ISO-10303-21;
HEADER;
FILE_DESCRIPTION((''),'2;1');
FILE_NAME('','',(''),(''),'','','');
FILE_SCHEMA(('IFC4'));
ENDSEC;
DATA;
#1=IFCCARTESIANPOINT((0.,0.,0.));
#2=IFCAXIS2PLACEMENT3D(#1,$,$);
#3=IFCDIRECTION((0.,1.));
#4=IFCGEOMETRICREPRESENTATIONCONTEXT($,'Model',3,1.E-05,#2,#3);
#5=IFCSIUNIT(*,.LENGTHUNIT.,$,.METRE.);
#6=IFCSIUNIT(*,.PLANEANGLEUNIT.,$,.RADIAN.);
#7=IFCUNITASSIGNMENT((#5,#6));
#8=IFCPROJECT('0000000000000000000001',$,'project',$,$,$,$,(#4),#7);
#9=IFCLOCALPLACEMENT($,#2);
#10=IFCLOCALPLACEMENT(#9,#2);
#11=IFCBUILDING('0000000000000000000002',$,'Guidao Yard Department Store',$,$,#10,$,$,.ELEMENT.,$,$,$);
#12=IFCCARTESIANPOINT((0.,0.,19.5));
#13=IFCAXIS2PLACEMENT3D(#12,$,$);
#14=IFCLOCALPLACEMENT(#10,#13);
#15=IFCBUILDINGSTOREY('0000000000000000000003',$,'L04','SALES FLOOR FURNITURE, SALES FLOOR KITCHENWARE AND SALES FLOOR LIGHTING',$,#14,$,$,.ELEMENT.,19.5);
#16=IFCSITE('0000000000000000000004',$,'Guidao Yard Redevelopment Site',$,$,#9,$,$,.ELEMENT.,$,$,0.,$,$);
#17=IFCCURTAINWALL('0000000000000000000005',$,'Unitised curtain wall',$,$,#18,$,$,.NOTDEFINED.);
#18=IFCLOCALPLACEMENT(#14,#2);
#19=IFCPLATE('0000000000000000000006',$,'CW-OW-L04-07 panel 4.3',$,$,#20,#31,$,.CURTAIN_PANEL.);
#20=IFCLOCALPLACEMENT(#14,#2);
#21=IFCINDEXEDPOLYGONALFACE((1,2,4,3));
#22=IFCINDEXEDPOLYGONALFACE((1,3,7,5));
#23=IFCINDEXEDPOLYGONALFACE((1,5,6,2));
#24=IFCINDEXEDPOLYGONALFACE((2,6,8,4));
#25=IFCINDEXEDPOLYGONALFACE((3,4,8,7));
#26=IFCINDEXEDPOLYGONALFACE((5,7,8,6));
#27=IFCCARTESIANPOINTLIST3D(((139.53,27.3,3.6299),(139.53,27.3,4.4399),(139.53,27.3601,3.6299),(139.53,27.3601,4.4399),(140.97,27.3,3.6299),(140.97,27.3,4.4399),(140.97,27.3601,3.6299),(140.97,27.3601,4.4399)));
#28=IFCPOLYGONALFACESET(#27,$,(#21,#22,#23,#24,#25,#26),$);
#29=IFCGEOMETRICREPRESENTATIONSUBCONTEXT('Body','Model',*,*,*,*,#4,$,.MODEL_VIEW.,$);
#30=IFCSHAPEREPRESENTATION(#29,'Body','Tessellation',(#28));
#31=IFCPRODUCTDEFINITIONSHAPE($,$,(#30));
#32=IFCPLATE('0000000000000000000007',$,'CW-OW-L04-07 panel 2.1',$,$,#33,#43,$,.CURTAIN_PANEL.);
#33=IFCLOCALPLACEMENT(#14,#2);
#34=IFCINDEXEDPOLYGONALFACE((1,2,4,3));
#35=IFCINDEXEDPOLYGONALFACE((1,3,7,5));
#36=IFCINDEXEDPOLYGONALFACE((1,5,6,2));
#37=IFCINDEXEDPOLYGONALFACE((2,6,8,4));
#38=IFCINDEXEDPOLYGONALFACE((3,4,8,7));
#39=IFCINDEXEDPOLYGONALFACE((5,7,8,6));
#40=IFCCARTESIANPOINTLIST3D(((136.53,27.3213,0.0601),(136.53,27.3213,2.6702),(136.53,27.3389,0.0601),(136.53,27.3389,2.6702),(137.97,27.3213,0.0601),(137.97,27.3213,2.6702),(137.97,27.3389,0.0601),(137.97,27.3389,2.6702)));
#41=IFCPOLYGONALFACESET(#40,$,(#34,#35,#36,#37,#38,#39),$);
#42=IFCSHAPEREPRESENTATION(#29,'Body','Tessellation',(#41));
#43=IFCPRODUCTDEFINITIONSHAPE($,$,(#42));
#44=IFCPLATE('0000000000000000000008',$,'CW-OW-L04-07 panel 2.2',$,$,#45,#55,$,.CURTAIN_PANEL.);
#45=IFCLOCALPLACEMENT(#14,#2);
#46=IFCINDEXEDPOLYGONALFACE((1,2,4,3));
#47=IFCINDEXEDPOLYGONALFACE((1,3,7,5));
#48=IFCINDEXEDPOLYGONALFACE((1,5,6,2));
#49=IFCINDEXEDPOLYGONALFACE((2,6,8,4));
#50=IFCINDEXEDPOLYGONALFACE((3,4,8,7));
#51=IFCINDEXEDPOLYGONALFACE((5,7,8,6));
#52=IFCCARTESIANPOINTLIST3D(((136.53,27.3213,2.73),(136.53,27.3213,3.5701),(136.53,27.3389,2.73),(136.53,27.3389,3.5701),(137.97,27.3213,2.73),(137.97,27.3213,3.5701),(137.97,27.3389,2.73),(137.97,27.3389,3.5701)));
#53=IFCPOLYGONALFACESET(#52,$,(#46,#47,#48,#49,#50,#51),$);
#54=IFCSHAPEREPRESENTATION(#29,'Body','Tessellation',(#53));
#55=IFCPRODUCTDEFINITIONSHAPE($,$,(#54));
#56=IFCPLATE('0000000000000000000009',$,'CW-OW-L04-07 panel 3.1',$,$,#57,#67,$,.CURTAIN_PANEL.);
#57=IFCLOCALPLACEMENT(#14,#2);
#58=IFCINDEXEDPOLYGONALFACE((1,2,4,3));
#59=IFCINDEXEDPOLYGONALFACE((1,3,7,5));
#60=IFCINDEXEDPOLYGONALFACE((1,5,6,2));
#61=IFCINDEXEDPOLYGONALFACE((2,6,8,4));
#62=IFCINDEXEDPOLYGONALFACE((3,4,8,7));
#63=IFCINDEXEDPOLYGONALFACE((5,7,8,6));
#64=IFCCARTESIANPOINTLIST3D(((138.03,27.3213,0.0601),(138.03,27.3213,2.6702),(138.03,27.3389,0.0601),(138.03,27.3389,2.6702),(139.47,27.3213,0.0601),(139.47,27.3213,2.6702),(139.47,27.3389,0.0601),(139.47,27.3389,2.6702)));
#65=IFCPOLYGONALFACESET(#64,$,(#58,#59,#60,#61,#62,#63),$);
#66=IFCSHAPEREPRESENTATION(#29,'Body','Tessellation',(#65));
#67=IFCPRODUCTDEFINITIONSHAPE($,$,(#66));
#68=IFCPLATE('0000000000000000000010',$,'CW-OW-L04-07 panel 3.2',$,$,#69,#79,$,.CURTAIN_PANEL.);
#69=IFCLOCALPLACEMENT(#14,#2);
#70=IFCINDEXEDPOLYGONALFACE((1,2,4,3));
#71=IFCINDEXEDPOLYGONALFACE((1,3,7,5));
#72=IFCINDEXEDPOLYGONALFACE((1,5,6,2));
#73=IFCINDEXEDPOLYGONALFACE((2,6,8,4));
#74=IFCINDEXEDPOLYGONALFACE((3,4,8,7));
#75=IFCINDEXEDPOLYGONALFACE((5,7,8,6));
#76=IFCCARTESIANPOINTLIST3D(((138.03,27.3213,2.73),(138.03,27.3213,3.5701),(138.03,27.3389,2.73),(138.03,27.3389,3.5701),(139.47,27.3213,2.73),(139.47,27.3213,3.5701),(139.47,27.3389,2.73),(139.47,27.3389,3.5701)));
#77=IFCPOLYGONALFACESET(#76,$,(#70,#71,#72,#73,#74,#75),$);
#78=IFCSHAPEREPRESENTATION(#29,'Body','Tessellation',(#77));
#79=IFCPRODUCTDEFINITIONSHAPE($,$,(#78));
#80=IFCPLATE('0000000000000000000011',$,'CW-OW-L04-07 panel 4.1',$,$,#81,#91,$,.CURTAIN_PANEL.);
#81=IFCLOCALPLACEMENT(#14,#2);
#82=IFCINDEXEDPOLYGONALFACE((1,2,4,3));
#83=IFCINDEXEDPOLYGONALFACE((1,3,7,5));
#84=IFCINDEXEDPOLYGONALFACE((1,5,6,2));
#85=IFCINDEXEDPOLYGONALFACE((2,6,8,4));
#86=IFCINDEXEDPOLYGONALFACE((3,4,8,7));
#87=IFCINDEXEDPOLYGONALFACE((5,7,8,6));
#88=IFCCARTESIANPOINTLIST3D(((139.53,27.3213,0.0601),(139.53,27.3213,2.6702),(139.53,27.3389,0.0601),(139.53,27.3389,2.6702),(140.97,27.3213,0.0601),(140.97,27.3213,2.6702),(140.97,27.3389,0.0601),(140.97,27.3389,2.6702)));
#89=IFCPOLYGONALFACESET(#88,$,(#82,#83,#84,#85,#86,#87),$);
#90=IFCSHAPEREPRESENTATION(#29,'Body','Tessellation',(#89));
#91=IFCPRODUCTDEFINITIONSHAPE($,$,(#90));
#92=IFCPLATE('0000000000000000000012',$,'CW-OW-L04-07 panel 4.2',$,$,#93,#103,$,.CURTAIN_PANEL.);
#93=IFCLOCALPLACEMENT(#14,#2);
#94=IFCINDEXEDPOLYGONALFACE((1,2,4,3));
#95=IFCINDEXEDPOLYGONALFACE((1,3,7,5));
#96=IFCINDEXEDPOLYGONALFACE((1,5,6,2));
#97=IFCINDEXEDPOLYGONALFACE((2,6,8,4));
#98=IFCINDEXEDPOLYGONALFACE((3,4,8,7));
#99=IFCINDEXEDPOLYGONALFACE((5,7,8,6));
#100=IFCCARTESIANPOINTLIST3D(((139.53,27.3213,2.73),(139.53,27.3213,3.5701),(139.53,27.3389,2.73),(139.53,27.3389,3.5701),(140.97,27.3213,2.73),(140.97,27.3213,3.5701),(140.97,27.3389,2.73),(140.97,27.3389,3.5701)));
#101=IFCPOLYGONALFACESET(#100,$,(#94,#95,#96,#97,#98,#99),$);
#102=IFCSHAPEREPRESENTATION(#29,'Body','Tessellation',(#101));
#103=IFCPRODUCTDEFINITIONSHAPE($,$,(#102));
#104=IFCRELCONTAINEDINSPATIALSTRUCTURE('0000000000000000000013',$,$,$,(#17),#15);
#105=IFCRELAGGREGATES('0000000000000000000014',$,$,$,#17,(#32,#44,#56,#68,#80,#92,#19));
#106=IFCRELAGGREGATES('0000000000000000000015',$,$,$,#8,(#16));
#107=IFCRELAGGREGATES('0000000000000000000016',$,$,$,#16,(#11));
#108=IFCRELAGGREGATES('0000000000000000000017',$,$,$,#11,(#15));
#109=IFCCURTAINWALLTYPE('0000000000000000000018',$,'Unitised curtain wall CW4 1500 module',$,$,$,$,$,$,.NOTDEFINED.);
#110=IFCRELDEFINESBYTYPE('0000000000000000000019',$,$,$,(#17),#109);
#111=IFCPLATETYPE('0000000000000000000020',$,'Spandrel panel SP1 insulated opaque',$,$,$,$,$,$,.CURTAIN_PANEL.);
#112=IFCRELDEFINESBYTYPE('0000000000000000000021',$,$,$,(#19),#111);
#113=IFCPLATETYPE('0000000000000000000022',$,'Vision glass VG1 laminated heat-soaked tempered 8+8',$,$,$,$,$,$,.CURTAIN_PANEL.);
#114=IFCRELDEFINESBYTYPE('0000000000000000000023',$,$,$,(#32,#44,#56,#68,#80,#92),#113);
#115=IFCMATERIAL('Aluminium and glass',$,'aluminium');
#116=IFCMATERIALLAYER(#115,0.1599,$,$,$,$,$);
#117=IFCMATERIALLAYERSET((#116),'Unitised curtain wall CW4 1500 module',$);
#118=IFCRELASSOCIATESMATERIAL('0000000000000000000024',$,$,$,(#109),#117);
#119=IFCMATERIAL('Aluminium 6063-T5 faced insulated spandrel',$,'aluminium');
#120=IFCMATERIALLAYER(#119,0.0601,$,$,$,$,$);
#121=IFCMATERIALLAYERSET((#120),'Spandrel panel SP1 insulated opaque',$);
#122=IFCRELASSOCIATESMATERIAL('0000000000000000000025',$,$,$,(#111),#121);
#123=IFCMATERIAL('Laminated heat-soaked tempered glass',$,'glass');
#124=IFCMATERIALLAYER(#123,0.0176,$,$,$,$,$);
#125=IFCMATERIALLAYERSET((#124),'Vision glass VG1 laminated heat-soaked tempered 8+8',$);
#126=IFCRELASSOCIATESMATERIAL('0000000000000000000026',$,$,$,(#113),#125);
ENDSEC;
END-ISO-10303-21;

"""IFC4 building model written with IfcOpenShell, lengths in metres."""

from ifc_helpers import new_model, si_unit, direction, frame, origin, origin_2d, place, context, subcontext, project, spatial, rectangle, extrude, material, layer, layer_set, type_object, element, aggregate, save


model = new_model("IFC4")

# Units and contexts
model_context = context("Model", 3, precision=1e-05, world=origin(), true_north=direction((0.0, 1.0)))
body_context = subcontext(model_context, "Body", "Model", "MODEL_VIEW")
ifc_project = project(units=[si_unit("LENGTHUNIT", "METRE"), si_unit("PLANEANGLEUNIT", "RADIAN")], contexts=[model_context])

# Site, building, storey
site_placement = place(None, origin())
site = spatial("IfcSite", under=ifc_project, at=site_placement, Name="Guidao Yard Redevelopment Site", CompositionType="ELEMENT", RefElevation=0.0)
building_placement = place(site_placement, origin())
building = spatial("IfcBuilding", under=site, at=building_placement, Name="Guidao Yard Department Store", CompositionType="ELEMENT")
storey_placement = place(building_placement, frame((0.0, 0.0, 19.5)))
storey = spatial("IfcBuildingStorey", under=building, at=storey_placement, Name="L04", Description="SALES FLOOR FURNITURE, SALES FLOOR KITCHENWARE AND SALES FLOOR LIGHTING", CompositionType="ELEMENT", Elevation=19.5)

# Curtain wall, plates
ifc_material_1 = material(Name="Aluminium and glass", Category="aluminium")
ifc_layer_1 = layer(ifc_material_1, 0.1599)
ifc_layer_set_1 = layer_set([ifc_layer_1], Name="Unitised curtain wall CW4 1500 module")
curtain_wall_type = type_object("IfcCurtainWallType", Name="Unitised curtain wall CW4 1500 module", PredefinedType="NOTDEFINED", material=ifc_layer_set_1)
curtain_wall_placement = place(storey_placement, origin())
curtain_wall = element("IfcCurtainWall", 1, at=curtain_wall_placement, inside=storey, type_object=curtain_wall_type, Name="Unitised curtain wall", PredefinedType="NOTDEFINED")
ifc_material_2 = material(Name="Aluminium 6063-T5 faced insulated spandrel", Category="aluminium")
ifc_layer_2 = layer(ifc_material_2, 0.0601)
ifc_layer_set_2 = layer_set([ifc_layer_2], Name="Spandrel panel SP1 insulated opaque")
plate_type_1 = type_object("IfcPlateType", Name="Spandrel panel SP1 insulated opaque", PredefinedType="CURTAIN_PANEL", material=ifc_layer_set_2)
plate_1_placement = place(storey_placement, frame((140.25, 27.3301, 3.6299), z_axis=(0.0, 0.0, 1.0), x_axis=(1.0, 0.0, 0.0)))
plate_1 = element("IfcPlate", 2, at=plate_1_placement, type_object=plate_type_1, Name="CW-OW-L04-07 panel 4.3", PredefinedType="CURTAIN_PANEL", context=body_context, shape_type="SweptSolid", body=[
    extrude(rectangle(XDim=1.4399, YDim=0.0601, at=origin_2d()), origin(), (0.0, 0.0, 1.0), 0.8101),
])
ifc_material_3 = material(Name="Laminated heat-soaked tempered glass", Category="glass")
ifc_layer_3 = layer(ifc_material_3, 0.0176)
ifc_layer_set_3 = layer_set([ifc_layer_3], Name="Vision glass VG1 laminated heat-soaked tempered 8+8")
plate_type_2 = type_object("IfcPlateType", Name="Vision glass VG1 laminated heat-soaked tempered 8+8", PredefinedType="CURTAIN_PANEL", material=ifc_layer_set_3)
plate_2_placement = place(storey_placement, frame((137.25, 27.3301, 0.0601), z_axis=(0.0, 0.0, 1.0), x_axis=(1.0, 0.0, 0.0)))
plate_2 = element("IfcPlate", 3, at=plate_2_placement, type_object=plate_type_2, Name="CW-OW-L04-07 panel 2.1", PredefinedType="CURTAIN_PANEL", context=body_context, shape_type="SweptSolid", body=[
    extrude(rectangle(XDim=1.4399, YDim=0.0176, at=origin_2d()), origin(), (0.0, 0.0, 1.0), 2.6101),
])
plate_3_placement = place(storey_placement, frame((137.25, 27.3301, 2.73), z_axis=(0.0, 0.0, 1.0), x_axis=(1.0, 0.0, 0.0)))
plate_3 = element("IfcPlate", 4, at=plate_3_placement, type_object=plate_type_2, Name="CW-OW-L04-07 panel 2.2", PredefinedType="CURTAIN_PANEL", context=body_context, shape_type="SweptSolid", body=[
    extrude(rectangle(XDim=1.4399, YDim=0.0176, at=origin_2d()), origin(), (0.0, 0.0, 1.0), 0.8401),
])
plate_4_placement = place(storey_placement, frame((138.75, 27.3301, 0.0601), z_axis=(0.0, 0.0, 1.0), x_axis=(1.0, 0.0, 0.0)))
plate_4 = element("IfcPlate", 5, at=plate_4_placement, type_object=plate_type_2, Name="CW-OW-L04-07 panel 3.1", PredefinedType="CURTAIN_PANEL", context=body_context, shape_type="SweptSolid", body=[
    extrude(rectangle(XDim=1.4399, YDim=0.0176, at=origin_2d()), origin(), (0.0, 0.0, 1.0), 2.6101),
])
plate_5_placement = place(storey_placement, frame((138.75, 27.3301, 2.73), z_axis=(0.0, 0.0, 1.0), x_axis=(1.0, 0.0, 0.0)))
plate_5 = element("IfcPlate", 6, at=plate_5_placement, type_object=plate_type_2, Name="CW-OW-L04-07 panel 3.2", PredefinedType="CURTAIN_PANEL", context=body_context, shape_type="SweptSolid", body=[
    extrude(rectangle(XDim=1.4399, YDim=0.0176, at=origin_2d()), origin(), (0.0, 0.0, 1.0), 0.8401),
])
plate_6_placement = place(storey_placement, frame((140.25, 27.3301, 0.0601), z_axis=(0.0, 0.0, 1.0), x_axis=(1.0, 0.0, 0.0)))
plate_6 = element("IfcPlate", 7, at=plate_6_placement, type_object=plate_type_2, Name="CW-OW-L04-07 panel 4.1", PredefinedType="CURTAIN_PANEL", context=body_context, shape_type="SweptSolid", body=[
    extrude(rectangle(XDim=1.4399, YDim=0.0176, at=origin_2d()), origin(), (0.0, 0.0, 1.0), 2.6101),
])
plate_7_placement = place(storey_placement, frame((140.25, 27.3301, 2.73), z_axis=(0.0, 0.0, 1.0), x_axis=(1.0, 0.0, 0.0)))
plate_7 = element("IfcPlate", 8, at=plate_7_placement, type_object=plate_type_2, Name="CW-OW-L04-07 panel 4.2", PredefinedType="CURTAIN_PANEL", context=body_context, shape_type="SweptSolid", body=[
    extrude(rectangle(XDim=1.4399, YDim=0.0176, at=origin_2d()), origin(), (0.0, 0.0, 1.0), 0.8401),
])
aggregate(curtain_wall, [plate_2, plate_3, plate_4, plate_5, plate_6, plate_7, plate_1])

save(model, "model.ifc")
